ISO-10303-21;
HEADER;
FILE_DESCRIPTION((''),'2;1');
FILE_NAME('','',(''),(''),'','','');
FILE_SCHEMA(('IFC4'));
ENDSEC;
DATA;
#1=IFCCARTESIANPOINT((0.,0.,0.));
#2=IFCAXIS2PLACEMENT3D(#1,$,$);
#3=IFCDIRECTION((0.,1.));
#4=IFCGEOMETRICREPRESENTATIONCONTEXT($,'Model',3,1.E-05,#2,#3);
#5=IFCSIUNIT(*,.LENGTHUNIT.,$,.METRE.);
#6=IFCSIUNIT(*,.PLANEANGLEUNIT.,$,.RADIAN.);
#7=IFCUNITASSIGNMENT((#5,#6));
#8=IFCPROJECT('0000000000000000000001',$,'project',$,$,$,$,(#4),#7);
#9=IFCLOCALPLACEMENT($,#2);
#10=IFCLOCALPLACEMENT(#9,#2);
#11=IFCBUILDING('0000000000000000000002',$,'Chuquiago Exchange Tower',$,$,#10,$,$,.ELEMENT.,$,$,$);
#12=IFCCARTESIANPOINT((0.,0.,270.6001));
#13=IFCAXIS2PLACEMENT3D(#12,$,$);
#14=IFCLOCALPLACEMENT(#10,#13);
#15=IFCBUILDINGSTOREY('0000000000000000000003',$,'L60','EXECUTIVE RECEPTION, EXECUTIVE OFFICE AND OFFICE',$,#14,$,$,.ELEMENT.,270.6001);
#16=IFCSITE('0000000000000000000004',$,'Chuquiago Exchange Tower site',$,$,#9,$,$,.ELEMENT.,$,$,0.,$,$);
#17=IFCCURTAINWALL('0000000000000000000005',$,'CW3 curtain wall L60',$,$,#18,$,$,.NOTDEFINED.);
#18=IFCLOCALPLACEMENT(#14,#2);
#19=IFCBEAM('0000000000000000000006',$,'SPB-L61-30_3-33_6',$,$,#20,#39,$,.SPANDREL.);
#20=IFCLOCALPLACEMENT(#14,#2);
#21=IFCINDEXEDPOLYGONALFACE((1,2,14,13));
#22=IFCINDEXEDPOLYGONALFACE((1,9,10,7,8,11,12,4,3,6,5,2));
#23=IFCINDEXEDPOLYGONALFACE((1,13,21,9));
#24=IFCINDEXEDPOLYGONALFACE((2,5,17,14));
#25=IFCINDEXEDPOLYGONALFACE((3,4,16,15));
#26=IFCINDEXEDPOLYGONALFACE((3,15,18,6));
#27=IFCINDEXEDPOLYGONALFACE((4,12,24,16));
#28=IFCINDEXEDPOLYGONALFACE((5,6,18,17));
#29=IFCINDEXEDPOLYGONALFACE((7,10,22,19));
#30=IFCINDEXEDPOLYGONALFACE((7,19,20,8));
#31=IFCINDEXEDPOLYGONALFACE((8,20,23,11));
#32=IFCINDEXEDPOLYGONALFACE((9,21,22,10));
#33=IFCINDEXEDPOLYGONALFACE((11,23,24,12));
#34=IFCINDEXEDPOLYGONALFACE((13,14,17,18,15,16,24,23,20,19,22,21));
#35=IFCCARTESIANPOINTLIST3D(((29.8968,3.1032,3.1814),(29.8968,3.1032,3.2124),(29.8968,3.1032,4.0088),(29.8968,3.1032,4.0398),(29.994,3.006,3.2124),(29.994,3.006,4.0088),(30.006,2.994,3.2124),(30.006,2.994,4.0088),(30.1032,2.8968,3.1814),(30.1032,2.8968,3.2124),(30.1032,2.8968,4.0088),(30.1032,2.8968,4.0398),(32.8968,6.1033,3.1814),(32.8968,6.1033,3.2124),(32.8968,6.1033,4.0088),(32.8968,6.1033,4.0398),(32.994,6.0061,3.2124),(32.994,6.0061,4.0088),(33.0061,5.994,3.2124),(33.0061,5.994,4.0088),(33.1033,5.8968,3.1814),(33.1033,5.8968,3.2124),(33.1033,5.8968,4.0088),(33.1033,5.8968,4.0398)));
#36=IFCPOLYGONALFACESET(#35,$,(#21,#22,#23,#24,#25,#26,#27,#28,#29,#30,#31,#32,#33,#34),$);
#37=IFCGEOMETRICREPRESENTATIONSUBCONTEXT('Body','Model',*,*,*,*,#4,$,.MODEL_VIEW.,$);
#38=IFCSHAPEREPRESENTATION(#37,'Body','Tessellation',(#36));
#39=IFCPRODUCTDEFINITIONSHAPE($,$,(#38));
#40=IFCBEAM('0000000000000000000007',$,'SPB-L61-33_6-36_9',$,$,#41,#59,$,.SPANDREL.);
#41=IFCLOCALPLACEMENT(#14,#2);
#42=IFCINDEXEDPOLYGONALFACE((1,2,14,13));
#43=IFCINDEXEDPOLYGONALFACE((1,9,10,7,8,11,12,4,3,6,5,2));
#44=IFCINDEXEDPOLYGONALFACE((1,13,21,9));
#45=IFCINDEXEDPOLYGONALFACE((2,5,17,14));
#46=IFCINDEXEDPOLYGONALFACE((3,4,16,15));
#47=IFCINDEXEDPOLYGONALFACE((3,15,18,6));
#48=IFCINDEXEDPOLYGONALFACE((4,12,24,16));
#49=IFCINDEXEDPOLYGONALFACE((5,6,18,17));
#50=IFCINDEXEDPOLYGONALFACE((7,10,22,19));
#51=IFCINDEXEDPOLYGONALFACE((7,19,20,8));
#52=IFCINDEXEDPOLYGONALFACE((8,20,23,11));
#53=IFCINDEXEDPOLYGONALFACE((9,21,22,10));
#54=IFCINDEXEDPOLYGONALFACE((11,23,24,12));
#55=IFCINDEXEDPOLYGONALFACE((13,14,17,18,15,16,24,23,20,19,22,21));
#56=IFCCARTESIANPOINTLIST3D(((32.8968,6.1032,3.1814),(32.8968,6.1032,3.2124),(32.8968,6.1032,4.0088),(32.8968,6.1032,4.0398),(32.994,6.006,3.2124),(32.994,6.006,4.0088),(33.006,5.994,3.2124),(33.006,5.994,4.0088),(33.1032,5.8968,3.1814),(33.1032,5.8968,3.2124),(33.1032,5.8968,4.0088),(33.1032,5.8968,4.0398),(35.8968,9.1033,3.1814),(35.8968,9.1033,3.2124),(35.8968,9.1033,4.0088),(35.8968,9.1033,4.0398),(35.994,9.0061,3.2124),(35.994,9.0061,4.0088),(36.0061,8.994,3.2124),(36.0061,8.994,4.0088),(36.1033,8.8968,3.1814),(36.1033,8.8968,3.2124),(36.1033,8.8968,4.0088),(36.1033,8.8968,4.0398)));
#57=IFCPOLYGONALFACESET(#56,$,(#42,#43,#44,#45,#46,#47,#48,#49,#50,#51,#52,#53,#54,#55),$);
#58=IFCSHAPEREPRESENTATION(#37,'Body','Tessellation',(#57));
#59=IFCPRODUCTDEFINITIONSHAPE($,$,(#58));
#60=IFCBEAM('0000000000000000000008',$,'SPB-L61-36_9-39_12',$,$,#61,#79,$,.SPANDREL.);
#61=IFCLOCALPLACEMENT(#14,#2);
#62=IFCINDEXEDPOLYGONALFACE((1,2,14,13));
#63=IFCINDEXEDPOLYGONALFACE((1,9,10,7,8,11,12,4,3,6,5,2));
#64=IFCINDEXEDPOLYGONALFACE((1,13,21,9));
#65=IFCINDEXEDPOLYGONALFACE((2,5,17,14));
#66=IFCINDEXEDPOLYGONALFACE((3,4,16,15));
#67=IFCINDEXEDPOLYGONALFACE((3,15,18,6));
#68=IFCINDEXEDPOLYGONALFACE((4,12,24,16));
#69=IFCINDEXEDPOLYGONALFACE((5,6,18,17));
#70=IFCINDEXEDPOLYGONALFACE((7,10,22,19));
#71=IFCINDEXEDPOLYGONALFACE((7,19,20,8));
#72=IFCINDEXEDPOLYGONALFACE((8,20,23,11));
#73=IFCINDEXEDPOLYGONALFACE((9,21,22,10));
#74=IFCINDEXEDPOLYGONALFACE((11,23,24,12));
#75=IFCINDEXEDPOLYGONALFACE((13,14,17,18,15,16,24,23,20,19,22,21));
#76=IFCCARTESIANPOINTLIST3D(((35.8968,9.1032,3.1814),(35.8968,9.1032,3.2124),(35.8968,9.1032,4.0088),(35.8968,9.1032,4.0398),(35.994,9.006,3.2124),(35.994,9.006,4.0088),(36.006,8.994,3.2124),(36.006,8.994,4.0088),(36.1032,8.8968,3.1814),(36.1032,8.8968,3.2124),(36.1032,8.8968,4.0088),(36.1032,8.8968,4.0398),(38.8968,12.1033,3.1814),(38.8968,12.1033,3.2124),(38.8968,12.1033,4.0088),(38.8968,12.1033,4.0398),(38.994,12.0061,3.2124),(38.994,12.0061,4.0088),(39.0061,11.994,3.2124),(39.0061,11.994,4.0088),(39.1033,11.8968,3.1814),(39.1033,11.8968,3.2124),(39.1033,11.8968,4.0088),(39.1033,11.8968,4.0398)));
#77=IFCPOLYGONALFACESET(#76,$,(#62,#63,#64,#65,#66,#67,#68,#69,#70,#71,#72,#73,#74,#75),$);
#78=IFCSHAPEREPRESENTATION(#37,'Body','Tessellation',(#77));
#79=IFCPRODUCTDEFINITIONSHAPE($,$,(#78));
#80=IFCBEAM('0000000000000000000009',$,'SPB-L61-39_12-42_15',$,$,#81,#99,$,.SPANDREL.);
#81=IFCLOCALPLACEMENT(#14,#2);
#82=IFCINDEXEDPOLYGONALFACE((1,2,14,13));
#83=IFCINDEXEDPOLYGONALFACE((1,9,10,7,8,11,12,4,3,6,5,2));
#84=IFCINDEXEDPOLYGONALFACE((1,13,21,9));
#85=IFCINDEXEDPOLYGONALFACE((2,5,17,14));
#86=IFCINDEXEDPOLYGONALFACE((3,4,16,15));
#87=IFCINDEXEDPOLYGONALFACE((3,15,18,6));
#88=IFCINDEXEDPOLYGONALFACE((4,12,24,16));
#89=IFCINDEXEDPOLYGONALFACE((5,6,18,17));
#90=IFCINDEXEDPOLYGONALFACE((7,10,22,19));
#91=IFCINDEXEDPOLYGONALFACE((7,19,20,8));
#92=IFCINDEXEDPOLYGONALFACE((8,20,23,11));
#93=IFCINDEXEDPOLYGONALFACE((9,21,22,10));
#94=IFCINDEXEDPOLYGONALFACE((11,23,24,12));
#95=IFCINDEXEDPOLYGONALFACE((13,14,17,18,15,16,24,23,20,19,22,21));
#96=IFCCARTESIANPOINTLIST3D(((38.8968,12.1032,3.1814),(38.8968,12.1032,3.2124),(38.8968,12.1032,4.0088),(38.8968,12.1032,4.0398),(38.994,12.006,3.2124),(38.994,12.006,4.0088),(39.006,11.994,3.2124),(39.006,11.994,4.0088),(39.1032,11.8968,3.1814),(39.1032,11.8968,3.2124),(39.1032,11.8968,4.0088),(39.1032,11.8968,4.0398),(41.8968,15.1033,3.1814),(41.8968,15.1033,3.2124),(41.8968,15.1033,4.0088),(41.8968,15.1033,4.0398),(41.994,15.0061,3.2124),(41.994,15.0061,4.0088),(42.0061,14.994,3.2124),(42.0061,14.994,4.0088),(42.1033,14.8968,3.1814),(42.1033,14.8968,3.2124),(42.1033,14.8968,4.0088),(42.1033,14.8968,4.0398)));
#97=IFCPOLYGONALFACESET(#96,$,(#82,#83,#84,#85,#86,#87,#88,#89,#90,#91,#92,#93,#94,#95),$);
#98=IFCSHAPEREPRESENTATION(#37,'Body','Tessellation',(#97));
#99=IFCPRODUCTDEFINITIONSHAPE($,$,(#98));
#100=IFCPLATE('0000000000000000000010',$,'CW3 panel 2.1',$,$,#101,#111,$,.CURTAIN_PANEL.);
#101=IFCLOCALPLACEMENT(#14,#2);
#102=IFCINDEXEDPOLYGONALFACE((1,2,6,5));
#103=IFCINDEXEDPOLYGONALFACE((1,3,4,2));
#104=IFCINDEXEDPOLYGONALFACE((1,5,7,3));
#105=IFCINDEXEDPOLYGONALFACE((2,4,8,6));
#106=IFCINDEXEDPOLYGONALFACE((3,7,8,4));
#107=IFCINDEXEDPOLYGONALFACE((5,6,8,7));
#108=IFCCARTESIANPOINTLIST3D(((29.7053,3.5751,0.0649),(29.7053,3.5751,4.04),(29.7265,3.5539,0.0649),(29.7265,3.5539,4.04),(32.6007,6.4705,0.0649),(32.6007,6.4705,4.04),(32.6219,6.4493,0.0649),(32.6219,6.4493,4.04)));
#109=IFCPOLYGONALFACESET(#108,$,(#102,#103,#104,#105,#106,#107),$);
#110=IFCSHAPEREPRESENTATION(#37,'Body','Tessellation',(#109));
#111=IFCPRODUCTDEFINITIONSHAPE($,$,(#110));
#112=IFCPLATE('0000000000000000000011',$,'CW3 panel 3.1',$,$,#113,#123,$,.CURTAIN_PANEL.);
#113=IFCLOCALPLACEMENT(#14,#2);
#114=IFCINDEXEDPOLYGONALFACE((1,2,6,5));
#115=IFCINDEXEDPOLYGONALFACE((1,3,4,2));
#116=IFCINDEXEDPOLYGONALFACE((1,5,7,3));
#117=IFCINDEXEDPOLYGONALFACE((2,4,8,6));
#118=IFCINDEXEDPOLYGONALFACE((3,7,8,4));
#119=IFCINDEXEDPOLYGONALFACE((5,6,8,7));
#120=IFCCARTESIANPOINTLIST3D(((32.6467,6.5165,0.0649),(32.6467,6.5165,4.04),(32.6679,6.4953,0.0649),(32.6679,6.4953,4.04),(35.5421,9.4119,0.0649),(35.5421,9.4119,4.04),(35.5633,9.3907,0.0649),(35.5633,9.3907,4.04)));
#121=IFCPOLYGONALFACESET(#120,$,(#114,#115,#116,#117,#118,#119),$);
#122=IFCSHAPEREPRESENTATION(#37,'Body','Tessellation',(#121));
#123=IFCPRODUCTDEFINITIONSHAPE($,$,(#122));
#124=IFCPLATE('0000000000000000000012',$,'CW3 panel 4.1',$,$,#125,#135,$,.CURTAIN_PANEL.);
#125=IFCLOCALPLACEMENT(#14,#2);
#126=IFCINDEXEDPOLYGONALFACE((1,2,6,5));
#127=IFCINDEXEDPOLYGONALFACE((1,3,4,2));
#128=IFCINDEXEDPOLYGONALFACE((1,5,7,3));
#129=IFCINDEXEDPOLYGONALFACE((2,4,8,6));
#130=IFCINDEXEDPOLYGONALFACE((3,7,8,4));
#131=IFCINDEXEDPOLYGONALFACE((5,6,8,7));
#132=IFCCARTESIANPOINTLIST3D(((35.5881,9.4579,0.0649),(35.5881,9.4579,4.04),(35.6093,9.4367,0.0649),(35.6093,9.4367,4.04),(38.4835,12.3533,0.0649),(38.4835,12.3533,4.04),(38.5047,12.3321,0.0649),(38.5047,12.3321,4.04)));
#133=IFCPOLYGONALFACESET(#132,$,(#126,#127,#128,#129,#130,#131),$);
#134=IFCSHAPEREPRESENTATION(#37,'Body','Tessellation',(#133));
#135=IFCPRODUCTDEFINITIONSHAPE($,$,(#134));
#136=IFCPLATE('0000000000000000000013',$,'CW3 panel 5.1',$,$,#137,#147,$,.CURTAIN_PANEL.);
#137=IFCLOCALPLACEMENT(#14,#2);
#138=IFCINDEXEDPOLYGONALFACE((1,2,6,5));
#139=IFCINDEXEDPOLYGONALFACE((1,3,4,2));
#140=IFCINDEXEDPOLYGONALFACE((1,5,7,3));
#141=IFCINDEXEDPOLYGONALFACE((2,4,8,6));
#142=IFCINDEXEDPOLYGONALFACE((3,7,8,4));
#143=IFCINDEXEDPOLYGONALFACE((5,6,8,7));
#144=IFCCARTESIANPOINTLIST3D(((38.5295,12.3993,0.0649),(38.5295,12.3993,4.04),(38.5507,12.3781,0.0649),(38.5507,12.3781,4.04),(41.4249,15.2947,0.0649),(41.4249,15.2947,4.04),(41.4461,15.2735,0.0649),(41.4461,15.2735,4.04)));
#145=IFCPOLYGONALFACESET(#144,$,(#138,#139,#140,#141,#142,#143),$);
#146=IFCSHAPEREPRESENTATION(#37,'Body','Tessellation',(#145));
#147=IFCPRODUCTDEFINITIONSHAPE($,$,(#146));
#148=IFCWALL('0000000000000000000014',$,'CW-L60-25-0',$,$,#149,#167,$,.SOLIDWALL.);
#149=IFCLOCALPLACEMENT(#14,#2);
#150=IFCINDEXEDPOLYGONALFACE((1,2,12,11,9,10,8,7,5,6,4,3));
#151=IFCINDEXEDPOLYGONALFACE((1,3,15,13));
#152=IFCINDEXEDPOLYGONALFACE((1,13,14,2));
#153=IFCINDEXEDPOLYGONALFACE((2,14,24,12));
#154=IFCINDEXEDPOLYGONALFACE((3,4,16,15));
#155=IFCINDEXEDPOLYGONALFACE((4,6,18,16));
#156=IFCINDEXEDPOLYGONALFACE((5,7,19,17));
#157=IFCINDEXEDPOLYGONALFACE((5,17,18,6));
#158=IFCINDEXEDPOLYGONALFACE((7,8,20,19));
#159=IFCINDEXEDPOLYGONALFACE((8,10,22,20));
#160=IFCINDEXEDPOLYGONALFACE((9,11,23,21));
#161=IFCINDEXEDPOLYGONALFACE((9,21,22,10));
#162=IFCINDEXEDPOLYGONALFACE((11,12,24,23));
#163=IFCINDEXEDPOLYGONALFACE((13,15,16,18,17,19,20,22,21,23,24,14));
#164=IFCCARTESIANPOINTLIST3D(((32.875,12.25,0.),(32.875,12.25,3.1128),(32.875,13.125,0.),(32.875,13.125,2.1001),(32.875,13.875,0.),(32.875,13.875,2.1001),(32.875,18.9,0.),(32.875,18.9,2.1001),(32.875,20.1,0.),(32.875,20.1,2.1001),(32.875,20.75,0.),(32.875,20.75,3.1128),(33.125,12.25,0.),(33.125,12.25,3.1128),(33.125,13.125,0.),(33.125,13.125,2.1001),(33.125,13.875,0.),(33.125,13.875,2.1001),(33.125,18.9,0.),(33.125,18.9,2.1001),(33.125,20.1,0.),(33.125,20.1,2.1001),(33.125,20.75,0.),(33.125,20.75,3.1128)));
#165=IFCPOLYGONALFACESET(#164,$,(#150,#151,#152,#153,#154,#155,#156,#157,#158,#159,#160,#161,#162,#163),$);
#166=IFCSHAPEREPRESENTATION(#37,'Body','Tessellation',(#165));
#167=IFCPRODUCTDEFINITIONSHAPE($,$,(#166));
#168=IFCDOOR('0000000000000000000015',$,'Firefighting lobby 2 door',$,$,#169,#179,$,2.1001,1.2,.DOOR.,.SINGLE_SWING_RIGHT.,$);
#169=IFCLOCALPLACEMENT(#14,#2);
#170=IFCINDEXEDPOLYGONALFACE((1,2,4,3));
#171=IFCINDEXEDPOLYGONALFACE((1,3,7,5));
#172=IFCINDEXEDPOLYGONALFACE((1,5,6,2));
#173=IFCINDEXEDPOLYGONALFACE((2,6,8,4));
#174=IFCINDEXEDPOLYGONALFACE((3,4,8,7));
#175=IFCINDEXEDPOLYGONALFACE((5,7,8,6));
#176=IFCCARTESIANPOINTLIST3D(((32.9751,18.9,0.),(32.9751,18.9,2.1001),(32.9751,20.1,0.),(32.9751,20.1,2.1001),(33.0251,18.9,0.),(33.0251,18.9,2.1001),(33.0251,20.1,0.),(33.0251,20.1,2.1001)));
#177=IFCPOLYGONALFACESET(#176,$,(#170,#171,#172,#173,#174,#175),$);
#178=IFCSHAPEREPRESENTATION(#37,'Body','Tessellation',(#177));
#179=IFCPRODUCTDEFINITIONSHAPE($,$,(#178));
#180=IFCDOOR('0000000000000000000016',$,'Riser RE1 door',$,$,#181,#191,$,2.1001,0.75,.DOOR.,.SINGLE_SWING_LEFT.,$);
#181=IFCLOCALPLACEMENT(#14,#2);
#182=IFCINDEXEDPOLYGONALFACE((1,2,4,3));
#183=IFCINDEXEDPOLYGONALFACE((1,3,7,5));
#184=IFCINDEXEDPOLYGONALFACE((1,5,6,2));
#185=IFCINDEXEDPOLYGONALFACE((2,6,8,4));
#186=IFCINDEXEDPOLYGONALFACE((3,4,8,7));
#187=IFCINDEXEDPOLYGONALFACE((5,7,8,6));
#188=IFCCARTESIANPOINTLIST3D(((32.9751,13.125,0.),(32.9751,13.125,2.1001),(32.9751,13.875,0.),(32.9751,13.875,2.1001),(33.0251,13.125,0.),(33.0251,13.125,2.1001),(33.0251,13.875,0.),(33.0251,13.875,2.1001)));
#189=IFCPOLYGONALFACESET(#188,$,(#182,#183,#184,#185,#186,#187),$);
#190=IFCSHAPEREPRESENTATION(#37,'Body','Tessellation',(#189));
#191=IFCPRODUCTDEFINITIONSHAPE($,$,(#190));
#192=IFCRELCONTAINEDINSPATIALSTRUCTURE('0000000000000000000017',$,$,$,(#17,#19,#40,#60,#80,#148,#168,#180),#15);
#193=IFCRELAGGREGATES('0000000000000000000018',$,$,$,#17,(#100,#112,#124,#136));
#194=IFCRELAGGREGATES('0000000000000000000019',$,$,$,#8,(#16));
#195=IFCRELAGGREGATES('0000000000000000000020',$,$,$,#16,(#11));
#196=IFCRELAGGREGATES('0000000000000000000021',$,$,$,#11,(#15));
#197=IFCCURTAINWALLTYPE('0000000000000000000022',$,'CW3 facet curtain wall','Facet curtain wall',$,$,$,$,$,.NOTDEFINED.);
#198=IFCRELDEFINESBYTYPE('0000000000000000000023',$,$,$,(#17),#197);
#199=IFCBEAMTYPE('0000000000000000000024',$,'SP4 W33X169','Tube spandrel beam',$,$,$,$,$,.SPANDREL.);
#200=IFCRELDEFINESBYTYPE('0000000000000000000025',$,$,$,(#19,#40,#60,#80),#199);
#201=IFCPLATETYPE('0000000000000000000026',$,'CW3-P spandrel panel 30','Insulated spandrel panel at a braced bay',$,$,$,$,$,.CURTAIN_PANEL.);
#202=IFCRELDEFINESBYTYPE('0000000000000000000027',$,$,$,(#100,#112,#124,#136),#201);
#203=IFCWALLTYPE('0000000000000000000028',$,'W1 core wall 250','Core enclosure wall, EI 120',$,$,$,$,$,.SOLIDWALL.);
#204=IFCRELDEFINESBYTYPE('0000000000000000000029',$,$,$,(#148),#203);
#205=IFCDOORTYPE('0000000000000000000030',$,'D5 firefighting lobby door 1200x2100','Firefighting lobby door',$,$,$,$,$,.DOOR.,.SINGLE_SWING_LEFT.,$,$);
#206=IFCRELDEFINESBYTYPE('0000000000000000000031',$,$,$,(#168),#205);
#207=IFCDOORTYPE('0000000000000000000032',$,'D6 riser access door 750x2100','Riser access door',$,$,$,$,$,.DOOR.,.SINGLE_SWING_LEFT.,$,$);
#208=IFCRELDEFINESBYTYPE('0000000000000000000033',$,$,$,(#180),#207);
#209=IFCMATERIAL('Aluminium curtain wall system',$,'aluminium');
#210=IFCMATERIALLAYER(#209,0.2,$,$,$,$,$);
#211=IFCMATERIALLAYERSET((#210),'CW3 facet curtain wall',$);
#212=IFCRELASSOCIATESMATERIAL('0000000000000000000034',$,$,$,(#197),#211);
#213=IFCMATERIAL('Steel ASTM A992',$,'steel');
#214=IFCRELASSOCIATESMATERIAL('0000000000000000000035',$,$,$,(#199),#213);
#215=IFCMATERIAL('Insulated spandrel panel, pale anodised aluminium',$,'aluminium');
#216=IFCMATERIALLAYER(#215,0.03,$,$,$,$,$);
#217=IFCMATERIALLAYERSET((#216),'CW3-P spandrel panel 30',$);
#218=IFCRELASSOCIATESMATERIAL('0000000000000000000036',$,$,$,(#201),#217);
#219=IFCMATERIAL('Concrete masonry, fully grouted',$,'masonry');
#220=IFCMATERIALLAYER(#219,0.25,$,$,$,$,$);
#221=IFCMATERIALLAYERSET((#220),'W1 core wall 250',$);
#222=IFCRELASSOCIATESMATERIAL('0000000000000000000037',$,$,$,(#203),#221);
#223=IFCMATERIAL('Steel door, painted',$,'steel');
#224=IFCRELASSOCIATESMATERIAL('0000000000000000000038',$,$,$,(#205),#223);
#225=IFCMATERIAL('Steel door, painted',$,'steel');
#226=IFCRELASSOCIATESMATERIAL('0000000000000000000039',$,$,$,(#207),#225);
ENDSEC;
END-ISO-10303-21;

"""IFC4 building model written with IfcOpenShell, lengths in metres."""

from ifc_helpers import new_model, si_unit, direction, frame, frame_2d, origin, origin_2d, place, context, subcontext, project, spatial, rectangle, i_section, extrude, material, layer, layer_set, material_profile, profile_set, type_object, element, fill, aggregate, save


model = new_model("IFC4")

# Units and contexts
model_context = context("Model", 3, precision=1e-05, world=origin(), true_north=direction((0.0, 1.0)))
body_context = subcontext(model_context, "Body", "Model", "MODEL_VIEW")
ifc_project = project(units=[si_unit("LENGTHUNIT", "METRE"), si_unit("PLANEANGLEUNIT", "RADIAN")], contexts=[model_context])

# Site, building, storey
site_placement = place(None, origin())
site = spatial("IfcSite", under=ifc_project, at=site_placement, Name="Chuquiago Exchange Tower site", CompositionType="ELEMENT", RefElevation=0.0)
building_placement = place(site_placement, origin())
building = spatial("IfcBuilding", under=site, at=building_placement, Name="Chuquiago Exchange Tower", CompositionType="ELEMENT")
storey_placement = place(building_placement, frame((0.0, 0.0, 270.6001)))
storey = spatial("IfcBuildingStorey", under=building, at=storey_placement, Name="L60", Description="EXECUTIVE RECEPTION, EXECUTIVE OFFICE AND OFFICE", CompositionType="ELEMENT", Elevation=270.6001)

# Curtain wall
ifc_material_1 = material(Name="Aluminium curtain wall system", Category="aluminium")
ifc_layer_1 = layer(ifc_material_1, 0.2)
ifc_layer_set_1 = layer_set([ifc_layer_1], Name="CW3 facet curtain wall")
curtain_wall_type = type_object("IfcCurtainWallType", Name="CW3 facet curtain wall", Description="Facet curtain wall", PredefinedType="NOTDEFINED", material=ifc_layer_set_1)
curtain_wall_placement = place(storey_placement, origin())
curtain_wall = element("IfcCurtainWall", 1, at=curtain_wall_placement, inside=storey, type_object=curtain_wall_type, Name="CW3 curtain wall L60", PredefinedType="NOTDEFINED")

# Beams
ifc_material_2 = material(Name="Steel ASTM A992", Category="steel")
ifc_material_profile_1 = material_profile(ifc_material_2, i_section(OverallWidth=0.292, OverallDepth=0.8584, WebThickness=0.0171, FlangeThickness=0.031, at=origin_2d()), Name="W33X169")
ifc_profile_set_1 = profile_set([ifc_material_profile_1], Name="Steel ASTM A992")
beam_type_1 = type_object("IfcBeamType", Name="SP4 W33X169", Description="Tube spandrel beam", PredefinedType="SPANDREL", material=ifc_profile_set_1)
for number, where, z_axis, x_axis, name in (
    (2, (30.0, 3.0, 3.6106), (0.707107, 0.707107, 0.0), (-0.707107, 0.707107, 0.0), "SPB-L61-30_3-33_6"),
    (3, (33.0, 6.0, 3.6106), (0.707107, 0.707107, 0.0), (-0.707107, 0.707107, 0.0), "SPB-L61-33_6-36_9"),
    (4, (36.0, 9.0, 3.6106), (0.707107, 0.707107, 0.0), (-0.707107, 0.707107, 0.0), "SPB-L61-36_9-39_12"),
    (5, (39.0, 12.0, 3.6106), (0.707107, 0.707107, 0.0), (-0.707107, 0.707107, 0.0), "SPB-L61-39_12-42_15"),
):
    element("IfcBeam", number, at=place(storey_placement, frame(where, z_axis=z_axis, x_axis=x_axis)), inside=storey, type_object=beam_type_1, Name=name, PredefinedType="SPANDREL", context=body_context, shape_type="SweptSolid", body=[
        extrude(i_section(OverallWidth=0.292, OverallDepth=0.8584, WebThickness=0.0171, FlangeThickness=0.031, at=origin_2d()), origin(), (0.0, 0.0, 1.0), 4.2427),
    ])

# Plates
ifc_material_3 = material(Name="Insulated spandrel panel, pale anodised aluminium", Category="aluminium")
ifc_layer_2 = layer(ifc_material_3, 0.03)
ifc_layer_set_2 = layer_set([ifc_layer_2], Name="CW3-P spandrel panel 30")
plate_type = type_object("IfcPlateType", Name="CW3-P spandrel panel 30", Description="Insulated spandrel panel at a braced bay", PredefinedType="CURTAIN_PANEL", material=ifc_layer_set_2)
plate_1_placement = place(storey_placement, frame((31.1636, 5.0122, 0.0649), z_axis=(0.0, 0.0, 1.0), x_axis=(0.707107, 0.707107, 0.0)))
plate_1 = element("IfcPlate", 6, at=plate_1_placement, type_object=plate_type, Name="CW3 panel 2.1", PredefinedType="CURTAIN_PANEL", context=body_context, shape_type="SweptSolid", body=[
    extrude(rectangle(XDim=4.0947, YDim=0.03, at=origin_2d()), origin(), (0.0, 0.0, 1.0), 3.9751),
])
plate_2_placement = place(storey_placement, frame((34.105, 7.9536, 0.0649), z_axis=(0.0, 0.0, 1.0), x_axis=(0.707107, 0.707107, 0.0)))
plate_2 = element("IfcPlate", 7, at=plate_2_placement, type_object=plate_type, Name="CW3 panel 3.1", PredefinedType="CURTAIN_PANEL", context=body_context, shape_type="SweptSolid", body=[
    extrude(rectangle(XDim=4.0947, YDim=0.03, at=origin_2d()), origin(), (0.0, 0.0, 1.0), 3.9751),
])
plate_3_placement = place(storey_placement, frame((37.0464, 10.895, 0.0649), z_axis=(0.0, 0.0, 1.0), x_axis=(0.707107, 0.707107, 0.0)))
plate_3 = element("IfcPlate", 8, at=plate_3_placement, type_object=plate_type, Name="CW3 panel 4.1", PredefinedType="CURTAIN_PANEL", context=body_context, shape_type="SweptSolid", body=[
    extrude(rectangle(XDim=4.0947, YDim=0.03, at=origin_2d()), origin(), (0.0, 0.0, 1.0), 3.9751),
])
plate_4_placement = place(storey_placement, frame((39.9878, 13.8364, 0.0649), z_axis=(0.0, 0.0, 1.0), x_axis=(0.707107, 0.707107, 0.0)))
plate_4 = element("IfcPlate", 9, at=plate_4_placement, type_object=plate_type, Name="CW3 panel 5.1", PredefinedType="CURTAIN_PANEL", context=body_context, shape_type="SweptSolid", body=[
    extrude(rectangle(XDim=4.0947, YDim=0.03, at=origin_2d()), origin(), (0.0, 0.0, 1.0), 3.9751),
])
aggregate(curtain_wall, [plate_1, plate_2, plate_3, plate_4])

# Wall, openings, doors
ifc_material_4 = material(Name="Concrete masonry, fully grouted", Category="masonry")
ifc_layer_3 = layer(ifc_material_4, 0.25)
ifc_layer_set_3 = layer_set([ifc_layer_3], Name="W1 core wall 250")
wall_type_1 = type_object("IfcWallType", Name="W1 core wall 250", Description="Core enclosure wall, EI 120", PredefinedType="SOLIDWALL", material=ifc_layer_set_3)
wall_1_placement = place(storey_placement, frame((33.0, 12.25, 0.0), z_axis=(0.0, 0.0, 1.0), x_axis=(0.0, 1.0, 0.0)))
wall_1 = element("IfcWall", 10, at=wall_1_placement, inside=storey, type_object=wall_type_1, Name="CW-L60-25-0", PredefinedType="SOLIDWALL", context=body_context, shape_type="SweptSolid", body=[
    extrude(rectangle(XDim=8.5, YDim=0.25, at=frame_2d((4.25, 0.0))), origin(), (0.0, 0.0, 1.0), 3.1128),
])
opening_1_placement = place(wall_1_placement, frame((6.6499, 0.0, 0.0)))
opening_1 = element("IfcOpeningElement", 11, at=opening_1_placement, cuts=wall_1, PredefinedType="OPENING", context=body_context, shape_type="SweptSolid", body=[
    extrude(rectangle(XDim=1.2, YDim=2.1001, at=frame_2d((0.6001, 1.05))), frame((0.0, 0.135, 0.0), z_axis=(0.0, -1.0, 0.0), x_axis=(1.0, 0.0, 0.0)), (0.0, 0.0, 1.0), 0.27),
])
opening_2_placement = place(wall_1_placement, frame((0.875, 0.0, 0.0)))
opening_2 = element("IfcOpeningElement", 12, at=opening_2_placement, cuts=wall_1, PredefinedType="OPENING", context=body_context, shape_type="SweptSolid", body=[
    extrude(rectangle(XDim=0.75, YDim=2.1001, at=frame_2d((0.375, 1.05))), frame((0.0, 0.135, 0.0), z_axis=(0.0, -1.0, 0.0), x_axis=(1.0, 0.0, 0.0)), (0.0, 0.0, 1.0), 0.27),
])
ifc_material_5 = material(Name="Steel door, painted", Category="steel")
door_type_1 = type_object("IfcDoorType", Name="D5 firefighting lobby door 1200x2100", Description="Firefighting lobby door", OperationType="SINGLE_SWING_LEFT", PredefinedType="DOOR", material=ifc_material_5)
door_1_placement = place(opening_1_placement, origin())
door_1 = element("IfcDoor", 13, at=door_1_placement, inside=storey, type_object=door_type_1, Name="Firefighting lobby 2 door", OperationType="SINGLE_SWING_RIGHT", OverallHeight=2.1001, OverallWidth=1.2, PredefinedType="DOOR", context=body_context, shape_type="SweptSolid", body=[
    extrude(rectangle(XDim=1.2, YDim=2.1001, at=frame_2d((0.6001, 1.05))), frame((0.0, 0.0249, 0.0), z_axis=(0.0, -1.0, 0.0), x_axis=(1.0, 0.0, 0.0)), (0.0, 0.0, 1.0), 0.05),
])
fill(opening_1, door_1)
ifc_material_6 = material(Name="Steel door, painted", Category="steel")
door_type_2 = type_object("IfcDoorType", Name="D6 riser access door 750x2100", Description="Riser access door", OperationType="SINGLE_SWING_LEFT", PredefinedType="DOOR", material=ifc_material_6)
door_2_placement = place(opening_2_placement, origin())
door_2 = element("IfcDoor", 14, at=door_2_placement, inside=storey, type_object=door_type_2, Name="Riser RE1 door", OperationType="SINGLE_SWING_LEFT", OverallHeight=2.1001, OverallWidth=0.75, PredefinedType="DOOR", context=body_context, shape_type="SweptSolid", body=[
    extrude(rectangle(XDim=0.75, YDim=2.1001, at=frame_2d((0.375, 1.05))), frame((0.0, 0.0249, 0.0), z_axis=(0.0, -1.0, 0.0), x_axis=(1.0, 0.0, 0.0)), (0.0, 0.0, 1.0), 0.05),
])
fill(opening_2, door_2)

save(model, "model.ifc")
